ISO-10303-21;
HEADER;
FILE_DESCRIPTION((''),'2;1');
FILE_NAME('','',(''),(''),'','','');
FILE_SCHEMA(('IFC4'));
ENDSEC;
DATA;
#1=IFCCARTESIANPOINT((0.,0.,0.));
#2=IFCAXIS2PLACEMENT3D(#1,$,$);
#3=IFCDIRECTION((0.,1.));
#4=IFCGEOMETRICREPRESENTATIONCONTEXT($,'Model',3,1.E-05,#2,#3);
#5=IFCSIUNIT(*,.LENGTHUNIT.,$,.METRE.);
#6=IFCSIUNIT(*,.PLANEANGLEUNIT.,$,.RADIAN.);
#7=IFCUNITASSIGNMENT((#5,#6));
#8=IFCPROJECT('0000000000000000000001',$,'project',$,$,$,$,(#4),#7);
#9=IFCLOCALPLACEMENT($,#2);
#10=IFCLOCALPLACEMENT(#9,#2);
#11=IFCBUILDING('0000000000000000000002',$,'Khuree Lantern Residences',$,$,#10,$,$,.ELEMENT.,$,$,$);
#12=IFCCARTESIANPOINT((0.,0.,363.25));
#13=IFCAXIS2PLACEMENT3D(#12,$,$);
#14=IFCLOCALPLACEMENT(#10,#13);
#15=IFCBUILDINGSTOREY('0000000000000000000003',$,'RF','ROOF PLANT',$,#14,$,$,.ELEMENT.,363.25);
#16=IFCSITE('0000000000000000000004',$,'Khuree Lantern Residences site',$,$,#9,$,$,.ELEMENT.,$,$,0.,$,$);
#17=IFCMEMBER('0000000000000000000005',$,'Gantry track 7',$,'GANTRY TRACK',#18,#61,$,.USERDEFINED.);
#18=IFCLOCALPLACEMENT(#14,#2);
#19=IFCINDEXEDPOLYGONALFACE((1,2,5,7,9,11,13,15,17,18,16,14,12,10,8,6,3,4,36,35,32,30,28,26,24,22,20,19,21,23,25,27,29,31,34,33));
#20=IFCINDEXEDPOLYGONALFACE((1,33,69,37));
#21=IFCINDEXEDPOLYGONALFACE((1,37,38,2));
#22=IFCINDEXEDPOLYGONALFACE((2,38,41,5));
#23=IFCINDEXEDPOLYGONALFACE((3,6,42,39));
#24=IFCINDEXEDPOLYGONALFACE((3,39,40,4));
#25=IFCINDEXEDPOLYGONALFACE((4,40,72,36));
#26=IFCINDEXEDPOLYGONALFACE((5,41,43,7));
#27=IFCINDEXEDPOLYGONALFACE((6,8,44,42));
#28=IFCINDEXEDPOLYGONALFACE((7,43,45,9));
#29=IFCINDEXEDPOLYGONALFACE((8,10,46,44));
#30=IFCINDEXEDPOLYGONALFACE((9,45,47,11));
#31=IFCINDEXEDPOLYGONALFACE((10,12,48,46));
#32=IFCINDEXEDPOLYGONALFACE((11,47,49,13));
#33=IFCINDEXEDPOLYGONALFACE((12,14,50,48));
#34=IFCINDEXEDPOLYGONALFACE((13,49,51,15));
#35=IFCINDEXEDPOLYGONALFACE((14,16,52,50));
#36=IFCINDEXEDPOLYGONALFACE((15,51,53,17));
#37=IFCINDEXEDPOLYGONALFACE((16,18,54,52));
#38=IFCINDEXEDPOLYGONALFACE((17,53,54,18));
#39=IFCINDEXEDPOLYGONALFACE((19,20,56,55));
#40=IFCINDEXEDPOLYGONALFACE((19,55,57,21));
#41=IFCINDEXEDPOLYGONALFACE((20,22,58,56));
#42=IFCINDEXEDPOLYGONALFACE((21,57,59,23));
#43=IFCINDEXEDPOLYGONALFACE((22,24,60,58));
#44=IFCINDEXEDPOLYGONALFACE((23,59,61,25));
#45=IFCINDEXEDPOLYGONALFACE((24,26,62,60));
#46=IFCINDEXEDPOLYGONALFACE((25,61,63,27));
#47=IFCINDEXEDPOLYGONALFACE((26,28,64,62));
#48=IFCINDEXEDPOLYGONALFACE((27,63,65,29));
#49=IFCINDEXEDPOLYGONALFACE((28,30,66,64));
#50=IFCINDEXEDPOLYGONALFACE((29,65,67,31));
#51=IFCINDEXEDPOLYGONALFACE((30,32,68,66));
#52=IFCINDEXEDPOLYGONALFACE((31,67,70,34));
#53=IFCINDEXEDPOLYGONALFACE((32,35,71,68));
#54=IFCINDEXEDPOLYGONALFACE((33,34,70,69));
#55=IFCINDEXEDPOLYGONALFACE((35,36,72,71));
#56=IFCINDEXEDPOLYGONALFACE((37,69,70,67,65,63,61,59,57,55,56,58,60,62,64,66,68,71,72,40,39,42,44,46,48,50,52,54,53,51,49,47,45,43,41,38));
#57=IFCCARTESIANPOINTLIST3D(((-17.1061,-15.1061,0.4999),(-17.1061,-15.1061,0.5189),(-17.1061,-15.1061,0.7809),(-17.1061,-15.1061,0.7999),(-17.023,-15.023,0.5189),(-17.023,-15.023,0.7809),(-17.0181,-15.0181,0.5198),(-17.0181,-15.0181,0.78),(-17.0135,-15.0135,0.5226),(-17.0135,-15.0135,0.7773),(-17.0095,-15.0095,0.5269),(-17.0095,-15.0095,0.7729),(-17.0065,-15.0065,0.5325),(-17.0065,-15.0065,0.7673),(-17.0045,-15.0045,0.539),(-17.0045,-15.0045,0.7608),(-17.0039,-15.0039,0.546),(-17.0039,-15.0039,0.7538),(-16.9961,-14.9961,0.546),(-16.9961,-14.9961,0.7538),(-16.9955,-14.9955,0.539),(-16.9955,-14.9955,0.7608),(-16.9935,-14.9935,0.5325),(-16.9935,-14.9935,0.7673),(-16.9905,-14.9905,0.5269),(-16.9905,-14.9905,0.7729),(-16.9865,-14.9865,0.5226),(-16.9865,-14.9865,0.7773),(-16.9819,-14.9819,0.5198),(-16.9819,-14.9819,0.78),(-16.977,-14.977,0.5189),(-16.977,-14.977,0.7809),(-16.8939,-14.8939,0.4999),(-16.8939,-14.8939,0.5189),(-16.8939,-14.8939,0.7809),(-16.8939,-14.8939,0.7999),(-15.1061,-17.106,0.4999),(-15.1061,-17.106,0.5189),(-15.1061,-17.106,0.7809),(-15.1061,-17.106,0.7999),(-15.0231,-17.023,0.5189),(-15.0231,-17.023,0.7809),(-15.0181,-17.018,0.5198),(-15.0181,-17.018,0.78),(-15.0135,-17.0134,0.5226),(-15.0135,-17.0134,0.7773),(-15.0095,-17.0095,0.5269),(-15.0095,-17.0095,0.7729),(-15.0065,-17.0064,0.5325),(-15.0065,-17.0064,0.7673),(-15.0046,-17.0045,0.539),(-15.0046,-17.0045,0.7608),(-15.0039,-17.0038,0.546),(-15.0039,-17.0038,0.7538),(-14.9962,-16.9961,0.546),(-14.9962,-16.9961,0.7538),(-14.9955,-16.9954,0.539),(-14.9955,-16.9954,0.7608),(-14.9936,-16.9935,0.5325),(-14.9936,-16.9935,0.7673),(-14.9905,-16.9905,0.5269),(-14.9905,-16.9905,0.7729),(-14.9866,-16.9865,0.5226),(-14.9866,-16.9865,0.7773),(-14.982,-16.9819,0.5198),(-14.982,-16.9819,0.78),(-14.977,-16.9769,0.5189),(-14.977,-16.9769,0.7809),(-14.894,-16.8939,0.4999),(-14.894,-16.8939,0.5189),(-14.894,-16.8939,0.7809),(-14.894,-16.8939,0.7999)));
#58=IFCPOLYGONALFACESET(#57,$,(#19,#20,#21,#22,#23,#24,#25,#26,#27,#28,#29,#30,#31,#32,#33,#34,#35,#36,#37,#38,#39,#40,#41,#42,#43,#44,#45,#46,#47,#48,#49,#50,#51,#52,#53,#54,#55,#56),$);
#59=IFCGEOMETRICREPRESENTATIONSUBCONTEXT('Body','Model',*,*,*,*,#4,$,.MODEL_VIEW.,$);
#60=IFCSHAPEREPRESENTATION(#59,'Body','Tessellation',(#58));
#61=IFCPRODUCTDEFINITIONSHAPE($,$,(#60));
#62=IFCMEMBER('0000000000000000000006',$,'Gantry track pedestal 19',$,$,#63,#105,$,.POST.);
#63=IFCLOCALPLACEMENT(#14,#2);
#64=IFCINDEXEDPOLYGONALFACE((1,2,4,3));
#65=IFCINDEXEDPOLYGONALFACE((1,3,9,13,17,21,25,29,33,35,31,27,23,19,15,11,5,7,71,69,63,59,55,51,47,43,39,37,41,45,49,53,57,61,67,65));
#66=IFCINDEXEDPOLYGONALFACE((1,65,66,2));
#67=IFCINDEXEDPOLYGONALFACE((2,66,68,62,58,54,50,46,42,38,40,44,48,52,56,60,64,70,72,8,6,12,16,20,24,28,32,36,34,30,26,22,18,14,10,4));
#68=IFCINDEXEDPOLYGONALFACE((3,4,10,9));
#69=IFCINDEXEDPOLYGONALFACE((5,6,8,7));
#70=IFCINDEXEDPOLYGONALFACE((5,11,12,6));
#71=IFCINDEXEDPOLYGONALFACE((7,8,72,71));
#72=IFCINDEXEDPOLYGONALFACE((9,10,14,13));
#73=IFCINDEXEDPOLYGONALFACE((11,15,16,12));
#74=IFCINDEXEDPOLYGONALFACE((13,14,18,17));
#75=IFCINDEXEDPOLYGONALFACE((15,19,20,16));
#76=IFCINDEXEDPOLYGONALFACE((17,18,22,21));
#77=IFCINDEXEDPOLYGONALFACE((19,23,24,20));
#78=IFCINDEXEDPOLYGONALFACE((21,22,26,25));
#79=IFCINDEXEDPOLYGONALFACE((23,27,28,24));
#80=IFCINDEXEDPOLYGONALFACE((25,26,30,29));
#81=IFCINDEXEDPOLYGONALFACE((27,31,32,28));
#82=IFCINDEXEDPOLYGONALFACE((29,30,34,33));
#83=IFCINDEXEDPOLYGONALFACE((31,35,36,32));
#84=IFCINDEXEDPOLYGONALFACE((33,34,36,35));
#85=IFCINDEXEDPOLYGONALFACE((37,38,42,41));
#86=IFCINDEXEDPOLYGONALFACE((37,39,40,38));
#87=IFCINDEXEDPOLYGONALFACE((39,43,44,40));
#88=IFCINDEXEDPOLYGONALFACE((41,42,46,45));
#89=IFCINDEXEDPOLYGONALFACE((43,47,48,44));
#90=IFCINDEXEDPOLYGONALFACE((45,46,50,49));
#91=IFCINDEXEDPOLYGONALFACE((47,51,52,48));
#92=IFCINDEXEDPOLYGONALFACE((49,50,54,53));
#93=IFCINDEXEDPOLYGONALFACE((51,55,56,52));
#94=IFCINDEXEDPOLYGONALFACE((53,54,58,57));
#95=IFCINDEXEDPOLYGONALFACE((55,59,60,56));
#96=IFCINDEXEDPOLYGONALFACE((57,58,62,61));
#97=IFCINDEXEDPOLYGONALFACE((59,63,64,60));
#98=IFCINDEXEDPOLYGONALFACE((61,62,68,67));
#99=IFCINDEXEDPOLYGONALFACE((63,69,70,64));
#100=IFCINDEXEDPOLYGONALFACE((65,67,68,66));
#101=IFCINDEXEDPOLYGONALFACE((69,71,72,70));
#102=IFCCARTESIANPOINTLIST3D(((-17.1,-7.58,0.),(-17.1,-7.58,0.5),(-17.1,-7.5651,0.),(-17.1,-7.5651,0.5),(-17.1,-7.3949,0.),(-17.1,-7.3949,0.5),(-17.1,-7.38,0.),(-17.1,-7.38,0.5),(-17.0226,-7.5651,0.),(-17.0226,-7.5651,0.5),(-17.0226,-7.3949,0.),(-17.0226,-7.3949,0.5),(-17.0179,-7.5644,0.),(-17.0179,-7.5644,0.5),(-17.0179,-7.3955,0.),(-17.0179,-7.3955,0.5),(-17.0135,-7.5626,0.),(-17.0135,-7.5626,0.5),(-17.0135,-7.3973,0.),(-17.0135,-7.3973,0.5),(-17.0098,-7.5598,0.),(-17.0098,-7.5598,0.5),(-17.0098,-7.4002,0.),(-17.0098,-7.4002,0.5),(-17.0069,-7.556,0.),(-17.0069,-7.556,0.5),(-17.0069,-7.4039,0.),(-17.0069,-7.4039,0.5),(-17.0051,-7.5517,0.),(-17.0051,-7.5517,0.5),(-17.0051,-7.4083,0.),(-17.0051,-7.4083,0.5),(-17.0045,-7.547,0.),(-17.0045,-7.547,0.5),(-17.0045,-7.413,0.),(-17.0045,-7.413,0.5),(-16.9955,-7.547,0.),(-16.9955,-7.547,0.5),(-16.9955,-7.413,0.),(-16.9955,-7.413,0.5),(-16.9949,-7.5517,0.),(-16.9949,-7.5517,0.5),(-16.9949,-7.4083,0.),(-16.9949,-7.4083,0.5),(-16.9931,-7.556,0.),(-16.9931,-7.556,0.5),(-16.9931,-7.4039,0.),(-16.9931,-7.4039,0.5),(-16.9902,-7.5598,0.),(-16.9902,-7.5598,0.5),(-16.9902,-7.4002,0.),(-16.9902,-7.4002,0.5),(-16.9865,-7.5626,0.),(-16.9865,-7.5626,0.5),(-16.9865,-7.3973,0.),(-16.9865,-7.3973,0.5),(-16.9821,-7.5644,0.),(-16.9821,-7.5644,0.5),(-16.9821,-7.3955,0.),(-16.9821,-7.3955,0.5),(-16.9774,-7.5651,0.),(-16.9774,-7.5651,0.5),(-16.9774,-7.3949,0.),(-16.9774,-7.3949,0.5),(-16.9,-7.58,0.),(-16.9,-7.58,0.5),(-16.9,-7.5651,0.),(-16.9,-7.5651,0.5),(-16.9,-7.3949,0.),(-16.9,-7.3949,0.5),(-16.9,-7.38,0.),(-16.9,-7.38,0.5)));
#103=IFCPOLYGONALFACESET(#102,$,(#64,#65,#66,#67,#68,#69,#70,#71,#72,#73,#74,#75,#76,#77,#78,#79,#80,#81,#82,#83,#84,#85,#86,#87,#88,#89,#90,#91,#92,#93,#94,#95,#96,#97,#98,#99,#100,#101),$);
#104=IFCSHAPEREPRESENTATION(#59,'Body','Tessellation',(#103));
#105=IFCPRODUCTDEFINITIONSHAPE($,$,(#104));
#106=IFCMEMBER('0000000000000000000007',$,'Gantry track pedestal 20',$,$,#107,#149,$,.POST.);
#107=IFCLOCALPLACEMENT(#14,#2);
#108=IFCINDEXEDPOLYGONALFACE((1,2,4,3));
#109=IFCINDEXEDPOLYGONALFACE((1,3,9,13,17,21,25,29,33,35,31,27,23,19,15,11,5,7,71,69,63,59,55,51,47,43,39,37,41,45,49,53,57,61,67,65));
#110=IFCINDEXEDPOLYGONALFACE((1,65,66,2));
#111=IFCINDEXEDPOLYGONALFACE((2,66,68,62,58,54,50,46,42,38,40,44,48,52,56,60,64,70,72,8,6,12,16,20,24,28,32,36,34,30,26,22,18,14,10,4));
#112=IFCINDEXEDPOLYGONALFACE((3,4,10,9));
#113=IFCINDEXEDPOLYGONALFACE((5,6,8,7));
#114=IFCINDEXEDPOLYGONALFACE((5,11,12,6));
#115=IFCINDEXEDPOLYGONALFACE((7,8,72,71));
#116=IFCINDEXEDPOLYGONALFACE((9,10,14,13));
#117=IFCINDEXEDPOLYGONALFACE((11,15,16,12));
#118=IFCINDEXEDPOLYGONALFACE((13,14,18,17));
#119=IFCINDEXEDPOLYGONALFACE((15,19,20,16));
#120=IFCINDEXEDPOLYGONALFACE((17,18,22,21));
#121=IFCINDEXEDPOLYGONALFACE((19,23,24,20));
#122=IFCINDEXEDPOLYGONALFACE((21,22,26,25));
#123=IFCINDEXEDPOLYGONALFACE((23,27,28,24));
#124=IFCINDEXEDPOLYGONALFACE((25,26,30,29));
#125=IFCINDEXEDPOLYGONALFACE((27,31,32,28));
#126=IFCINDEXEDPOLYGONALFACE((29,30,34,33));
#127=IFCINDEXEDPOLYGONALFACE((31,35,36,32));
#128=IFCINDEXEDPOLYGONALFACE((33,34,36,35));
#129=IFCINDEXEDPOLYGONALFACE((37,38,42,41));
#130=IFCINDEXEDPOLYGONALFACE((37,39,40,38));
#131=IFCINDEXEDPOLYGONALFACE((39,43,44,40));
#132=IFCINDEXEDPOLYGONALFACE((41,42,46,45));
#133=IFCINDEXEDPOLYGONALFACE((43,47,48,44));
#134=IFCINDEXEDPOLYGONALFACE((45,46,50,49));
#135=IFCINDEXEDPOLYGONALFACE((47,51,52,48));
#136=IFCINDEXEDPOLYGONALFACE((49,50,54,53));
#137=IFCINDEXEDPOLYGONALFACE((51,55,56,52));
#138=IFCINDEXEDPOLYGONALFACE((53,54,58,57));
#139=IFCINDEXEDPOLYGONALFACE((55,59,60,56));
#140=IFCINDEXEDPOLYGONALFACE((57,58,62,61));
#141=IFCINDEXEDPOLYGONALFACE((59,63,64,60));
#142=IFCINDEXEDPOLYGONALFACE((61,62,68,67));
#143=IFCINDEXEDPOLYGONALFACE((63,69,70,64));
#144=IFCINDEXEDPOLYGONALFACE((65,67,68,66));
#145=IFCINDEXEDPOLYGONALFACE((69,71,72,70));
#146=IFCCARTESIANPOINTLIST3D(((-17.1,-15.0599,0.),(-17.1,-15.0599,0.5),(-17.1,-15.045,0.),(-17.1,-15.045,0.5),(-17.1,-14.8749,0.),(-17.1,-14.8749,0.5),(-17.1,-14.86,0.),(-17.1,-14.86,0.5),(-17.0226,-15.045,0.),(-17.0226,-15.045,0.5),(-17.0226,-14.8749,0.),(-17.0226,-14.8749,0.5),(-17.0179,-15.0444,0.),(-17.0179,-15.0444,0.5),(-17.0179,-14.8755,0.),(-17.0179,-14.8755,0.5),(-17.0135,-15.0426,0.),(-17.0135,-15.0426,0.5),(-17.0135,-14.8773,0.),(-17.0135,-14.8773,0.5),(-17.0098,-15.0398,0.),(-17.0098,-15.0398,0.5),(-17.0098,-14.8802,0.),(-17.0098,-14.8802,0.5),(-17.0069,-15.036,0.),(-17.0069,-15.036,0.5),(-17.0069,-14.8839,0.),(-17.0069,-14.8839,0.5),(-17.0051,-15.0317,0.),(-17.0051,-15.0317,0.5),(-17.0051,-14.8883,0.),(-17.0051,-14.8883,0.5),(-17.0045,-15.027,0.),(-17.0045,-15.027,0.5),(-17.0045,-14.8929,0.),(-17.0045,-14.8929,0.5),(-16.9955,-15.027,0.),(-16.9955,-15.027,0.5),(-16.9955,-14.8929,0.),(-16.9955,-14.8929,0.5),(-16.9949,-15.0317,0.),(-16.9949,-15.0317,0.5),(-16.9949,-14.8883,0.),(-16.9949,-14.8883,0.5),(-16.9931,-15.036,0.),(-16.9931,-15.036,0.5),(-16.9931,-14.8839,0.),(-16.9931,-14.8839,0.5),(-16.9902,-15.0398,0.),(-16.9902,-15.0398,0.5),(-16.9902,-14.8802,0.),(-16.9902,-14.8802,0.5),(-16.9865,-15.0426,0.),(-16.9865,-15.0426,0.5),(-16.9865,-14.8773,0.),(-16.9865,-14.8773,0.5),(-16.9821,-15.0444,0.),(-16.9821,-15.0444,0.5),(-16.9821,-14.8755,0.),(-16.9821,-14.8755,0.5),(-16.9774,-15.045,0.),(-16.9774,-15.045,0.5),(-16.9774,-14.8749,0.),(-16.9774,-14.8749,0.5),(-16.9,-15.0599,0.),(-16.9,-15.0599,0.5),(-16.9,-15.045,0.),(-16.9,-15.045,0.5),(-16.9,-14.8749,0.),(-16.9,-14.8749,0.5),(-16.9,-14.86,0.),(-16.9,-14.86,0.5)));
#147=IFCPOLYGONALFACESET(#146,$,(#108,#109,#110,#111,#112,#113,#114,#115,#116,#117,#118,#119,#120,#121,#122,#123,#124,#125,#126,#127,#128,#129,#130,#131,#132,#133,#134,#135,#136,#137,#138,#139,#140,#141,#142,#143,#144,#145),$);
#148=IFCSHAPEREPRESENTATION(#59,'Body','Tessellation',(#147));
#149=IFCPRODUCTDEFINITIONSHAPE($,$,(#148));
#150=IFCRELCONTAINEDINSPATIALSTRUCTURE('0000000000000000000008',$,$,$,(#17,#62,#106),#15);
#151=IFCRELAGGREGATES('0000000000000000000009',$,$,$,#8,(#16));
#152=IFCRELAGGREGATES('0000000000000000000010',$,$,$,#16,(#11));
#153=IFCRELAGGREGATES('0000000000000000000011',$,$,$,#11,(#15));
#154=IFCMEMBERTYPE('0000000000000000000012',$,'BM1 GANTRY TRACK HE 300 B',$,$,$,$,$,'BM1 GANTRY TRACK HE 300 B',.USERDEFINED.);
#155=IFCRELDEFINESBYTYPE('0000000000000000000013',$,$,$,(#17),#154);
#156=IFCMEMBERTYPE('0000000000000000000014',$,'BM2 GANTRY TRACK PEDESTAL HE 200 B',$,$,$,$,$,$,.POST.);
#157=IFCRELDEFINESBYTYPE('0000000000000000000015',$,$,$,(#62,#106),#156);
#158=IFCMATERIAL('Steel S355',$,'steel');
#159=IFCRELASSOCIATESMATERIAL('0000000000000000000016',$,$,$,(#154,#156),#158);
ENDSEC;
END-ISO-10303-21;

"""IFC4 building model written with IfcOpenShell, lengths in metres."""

from ifc_helpers import new_model, si_unit, direction, frame, origin, origin_2d, place, context, subcontext, project, spatial, i_section, extrude, material, material_profile, profile_set, type_object, element, save


model = new_model("IFC4")

# Units and contexts
model_context = context("Model", 3, precision=1e-05, world=origin(), true_north=direction((0.0, 1.0)))
body_context = subcontext(model_context, "Body", "Model", "MODEL_VIEW")
ifc_project = project(units=[si_unit("LENGTHUNIT", "METRE"), si_unit("PLANEANGLEUNIT", "RADIAN")], contexts=[model_context])

# Site, building, storey
site_placement = place(None, origin())
site = spatial("IfcSite", under=ifc_project, at=site_placement, Name="Khuree Lantern Residences site", CompositionType="ELEMENT", RefElevation=0.0)
building_placement = place(site_placement, origin())
building = spatial("IfcBuilding", under=site, at=building_placement, Name="Khuree Lantern Residences", CompositionType="ELEMENT")
storey_placement = place(building_placement, frame((0.0, 0.0, 363.25)))
storey = spatial("IfcBuildingStorey", under=building, at=storey_placement, Name="RF", Description="ROOF PLANT", CompositionType="ELEMENT", Elevation=363.25)

# Shared definitions
ifc_material_1 = material(Name="Steel S355", Category="steel")

# Members
ifc_material_profile_1 = material_profile(ifc_material_1, i_section(OverallWidth=0.3, OverallDepth=0.3, WebThickness=0.011, FlangeThickness=0.019, FilletRadius=0.0271, at=origin_2d()), Name="HE 300 B")
ifc_profile_set_1 = profile_set([ifc_material_profile_1], Name="Steel S355")
member_type_1 = type_object("IfcMemberType", Name="BM1 GANTRY TRACK HE 300 B", ElementType="BM1 GANTRY TRACK HE 300 B", PredefinedType="USERDEFINED", material=ifc_profile_set_1)
member_1_placement = place(storey_placement, frame((-17.0, -15.0, 0.6499), z_axis=(0.707107, -0.707107, 0.0), x_axis=(0.707107, 0.707107, 0.0)))
element("IfcMember", 1, at=member_1_placement, inside=storey, type_object=member_type_1, Name="Gantry track 7", ObjectType="GANTRY TRACK", PredefinedType="USERDEFINED", context=body_context, shape_type="SweptSolid", body=[
    extrude(i_section(OverallWidth=0.3, OverallDepth=0.3, WebThickness=0.011, FlangeThickness=0.019, FilletRadius=0.0271, at=origin_2d()), origin(), (0.0, 0.0, 1.0), 2.8284),
])
ifc_material_profile_2 = material_profile(ifc_material_1, i_section(OverallWidth=0.2, OverallDepth=0.2, WebThickness=0.009, FlangeThickness=0.0149, FilletRadius=0.0181, at=origin_2d()), Name="HE 200 B")
ifc_profile_set_2 = profile_set([ifc_material_profile_2], Name="Steel S355")
member_type_2 = type_object("IfcMemberType", Name="BM2 GANTRY TRACK PEDESTAL HE 200 B", PredefinedType="POST", material=ifc_profile_set_2)
for number, where, z_axis, x_axis, name in (
    (2, (-17.0, -7.48, 0.0), (0.0, 0.0, 1.0), (1.0, 0.0, 0.0), "Gantry track pedestal 19"),
    (3, (-17.0, -14.96, 0.0), (0.0, 0.0, 1.0), (1.0, 0.0, 0.0), "Gantry track pedestal 20"),
):
    element("IfcMember", number, at=place(storey_placement, frame(where, z_axis=z_axis, x_axis=x_axis)), inside=storey, type_object=member_type_2, Name=name, PredefinedType="POST", context=body_context, shape_type="SweptSolid", body=[
        extrude(i_section(OverallWidth=0.2, OverallDepth=0.2, WebThickness=0.009, FlangeThickness=0.0149, FilletRadius=0.0181, at=origin_2d()), origin(), (0.0, 0.0, 1.0), 0.5),
    ])

save(model, "model.ifc")
